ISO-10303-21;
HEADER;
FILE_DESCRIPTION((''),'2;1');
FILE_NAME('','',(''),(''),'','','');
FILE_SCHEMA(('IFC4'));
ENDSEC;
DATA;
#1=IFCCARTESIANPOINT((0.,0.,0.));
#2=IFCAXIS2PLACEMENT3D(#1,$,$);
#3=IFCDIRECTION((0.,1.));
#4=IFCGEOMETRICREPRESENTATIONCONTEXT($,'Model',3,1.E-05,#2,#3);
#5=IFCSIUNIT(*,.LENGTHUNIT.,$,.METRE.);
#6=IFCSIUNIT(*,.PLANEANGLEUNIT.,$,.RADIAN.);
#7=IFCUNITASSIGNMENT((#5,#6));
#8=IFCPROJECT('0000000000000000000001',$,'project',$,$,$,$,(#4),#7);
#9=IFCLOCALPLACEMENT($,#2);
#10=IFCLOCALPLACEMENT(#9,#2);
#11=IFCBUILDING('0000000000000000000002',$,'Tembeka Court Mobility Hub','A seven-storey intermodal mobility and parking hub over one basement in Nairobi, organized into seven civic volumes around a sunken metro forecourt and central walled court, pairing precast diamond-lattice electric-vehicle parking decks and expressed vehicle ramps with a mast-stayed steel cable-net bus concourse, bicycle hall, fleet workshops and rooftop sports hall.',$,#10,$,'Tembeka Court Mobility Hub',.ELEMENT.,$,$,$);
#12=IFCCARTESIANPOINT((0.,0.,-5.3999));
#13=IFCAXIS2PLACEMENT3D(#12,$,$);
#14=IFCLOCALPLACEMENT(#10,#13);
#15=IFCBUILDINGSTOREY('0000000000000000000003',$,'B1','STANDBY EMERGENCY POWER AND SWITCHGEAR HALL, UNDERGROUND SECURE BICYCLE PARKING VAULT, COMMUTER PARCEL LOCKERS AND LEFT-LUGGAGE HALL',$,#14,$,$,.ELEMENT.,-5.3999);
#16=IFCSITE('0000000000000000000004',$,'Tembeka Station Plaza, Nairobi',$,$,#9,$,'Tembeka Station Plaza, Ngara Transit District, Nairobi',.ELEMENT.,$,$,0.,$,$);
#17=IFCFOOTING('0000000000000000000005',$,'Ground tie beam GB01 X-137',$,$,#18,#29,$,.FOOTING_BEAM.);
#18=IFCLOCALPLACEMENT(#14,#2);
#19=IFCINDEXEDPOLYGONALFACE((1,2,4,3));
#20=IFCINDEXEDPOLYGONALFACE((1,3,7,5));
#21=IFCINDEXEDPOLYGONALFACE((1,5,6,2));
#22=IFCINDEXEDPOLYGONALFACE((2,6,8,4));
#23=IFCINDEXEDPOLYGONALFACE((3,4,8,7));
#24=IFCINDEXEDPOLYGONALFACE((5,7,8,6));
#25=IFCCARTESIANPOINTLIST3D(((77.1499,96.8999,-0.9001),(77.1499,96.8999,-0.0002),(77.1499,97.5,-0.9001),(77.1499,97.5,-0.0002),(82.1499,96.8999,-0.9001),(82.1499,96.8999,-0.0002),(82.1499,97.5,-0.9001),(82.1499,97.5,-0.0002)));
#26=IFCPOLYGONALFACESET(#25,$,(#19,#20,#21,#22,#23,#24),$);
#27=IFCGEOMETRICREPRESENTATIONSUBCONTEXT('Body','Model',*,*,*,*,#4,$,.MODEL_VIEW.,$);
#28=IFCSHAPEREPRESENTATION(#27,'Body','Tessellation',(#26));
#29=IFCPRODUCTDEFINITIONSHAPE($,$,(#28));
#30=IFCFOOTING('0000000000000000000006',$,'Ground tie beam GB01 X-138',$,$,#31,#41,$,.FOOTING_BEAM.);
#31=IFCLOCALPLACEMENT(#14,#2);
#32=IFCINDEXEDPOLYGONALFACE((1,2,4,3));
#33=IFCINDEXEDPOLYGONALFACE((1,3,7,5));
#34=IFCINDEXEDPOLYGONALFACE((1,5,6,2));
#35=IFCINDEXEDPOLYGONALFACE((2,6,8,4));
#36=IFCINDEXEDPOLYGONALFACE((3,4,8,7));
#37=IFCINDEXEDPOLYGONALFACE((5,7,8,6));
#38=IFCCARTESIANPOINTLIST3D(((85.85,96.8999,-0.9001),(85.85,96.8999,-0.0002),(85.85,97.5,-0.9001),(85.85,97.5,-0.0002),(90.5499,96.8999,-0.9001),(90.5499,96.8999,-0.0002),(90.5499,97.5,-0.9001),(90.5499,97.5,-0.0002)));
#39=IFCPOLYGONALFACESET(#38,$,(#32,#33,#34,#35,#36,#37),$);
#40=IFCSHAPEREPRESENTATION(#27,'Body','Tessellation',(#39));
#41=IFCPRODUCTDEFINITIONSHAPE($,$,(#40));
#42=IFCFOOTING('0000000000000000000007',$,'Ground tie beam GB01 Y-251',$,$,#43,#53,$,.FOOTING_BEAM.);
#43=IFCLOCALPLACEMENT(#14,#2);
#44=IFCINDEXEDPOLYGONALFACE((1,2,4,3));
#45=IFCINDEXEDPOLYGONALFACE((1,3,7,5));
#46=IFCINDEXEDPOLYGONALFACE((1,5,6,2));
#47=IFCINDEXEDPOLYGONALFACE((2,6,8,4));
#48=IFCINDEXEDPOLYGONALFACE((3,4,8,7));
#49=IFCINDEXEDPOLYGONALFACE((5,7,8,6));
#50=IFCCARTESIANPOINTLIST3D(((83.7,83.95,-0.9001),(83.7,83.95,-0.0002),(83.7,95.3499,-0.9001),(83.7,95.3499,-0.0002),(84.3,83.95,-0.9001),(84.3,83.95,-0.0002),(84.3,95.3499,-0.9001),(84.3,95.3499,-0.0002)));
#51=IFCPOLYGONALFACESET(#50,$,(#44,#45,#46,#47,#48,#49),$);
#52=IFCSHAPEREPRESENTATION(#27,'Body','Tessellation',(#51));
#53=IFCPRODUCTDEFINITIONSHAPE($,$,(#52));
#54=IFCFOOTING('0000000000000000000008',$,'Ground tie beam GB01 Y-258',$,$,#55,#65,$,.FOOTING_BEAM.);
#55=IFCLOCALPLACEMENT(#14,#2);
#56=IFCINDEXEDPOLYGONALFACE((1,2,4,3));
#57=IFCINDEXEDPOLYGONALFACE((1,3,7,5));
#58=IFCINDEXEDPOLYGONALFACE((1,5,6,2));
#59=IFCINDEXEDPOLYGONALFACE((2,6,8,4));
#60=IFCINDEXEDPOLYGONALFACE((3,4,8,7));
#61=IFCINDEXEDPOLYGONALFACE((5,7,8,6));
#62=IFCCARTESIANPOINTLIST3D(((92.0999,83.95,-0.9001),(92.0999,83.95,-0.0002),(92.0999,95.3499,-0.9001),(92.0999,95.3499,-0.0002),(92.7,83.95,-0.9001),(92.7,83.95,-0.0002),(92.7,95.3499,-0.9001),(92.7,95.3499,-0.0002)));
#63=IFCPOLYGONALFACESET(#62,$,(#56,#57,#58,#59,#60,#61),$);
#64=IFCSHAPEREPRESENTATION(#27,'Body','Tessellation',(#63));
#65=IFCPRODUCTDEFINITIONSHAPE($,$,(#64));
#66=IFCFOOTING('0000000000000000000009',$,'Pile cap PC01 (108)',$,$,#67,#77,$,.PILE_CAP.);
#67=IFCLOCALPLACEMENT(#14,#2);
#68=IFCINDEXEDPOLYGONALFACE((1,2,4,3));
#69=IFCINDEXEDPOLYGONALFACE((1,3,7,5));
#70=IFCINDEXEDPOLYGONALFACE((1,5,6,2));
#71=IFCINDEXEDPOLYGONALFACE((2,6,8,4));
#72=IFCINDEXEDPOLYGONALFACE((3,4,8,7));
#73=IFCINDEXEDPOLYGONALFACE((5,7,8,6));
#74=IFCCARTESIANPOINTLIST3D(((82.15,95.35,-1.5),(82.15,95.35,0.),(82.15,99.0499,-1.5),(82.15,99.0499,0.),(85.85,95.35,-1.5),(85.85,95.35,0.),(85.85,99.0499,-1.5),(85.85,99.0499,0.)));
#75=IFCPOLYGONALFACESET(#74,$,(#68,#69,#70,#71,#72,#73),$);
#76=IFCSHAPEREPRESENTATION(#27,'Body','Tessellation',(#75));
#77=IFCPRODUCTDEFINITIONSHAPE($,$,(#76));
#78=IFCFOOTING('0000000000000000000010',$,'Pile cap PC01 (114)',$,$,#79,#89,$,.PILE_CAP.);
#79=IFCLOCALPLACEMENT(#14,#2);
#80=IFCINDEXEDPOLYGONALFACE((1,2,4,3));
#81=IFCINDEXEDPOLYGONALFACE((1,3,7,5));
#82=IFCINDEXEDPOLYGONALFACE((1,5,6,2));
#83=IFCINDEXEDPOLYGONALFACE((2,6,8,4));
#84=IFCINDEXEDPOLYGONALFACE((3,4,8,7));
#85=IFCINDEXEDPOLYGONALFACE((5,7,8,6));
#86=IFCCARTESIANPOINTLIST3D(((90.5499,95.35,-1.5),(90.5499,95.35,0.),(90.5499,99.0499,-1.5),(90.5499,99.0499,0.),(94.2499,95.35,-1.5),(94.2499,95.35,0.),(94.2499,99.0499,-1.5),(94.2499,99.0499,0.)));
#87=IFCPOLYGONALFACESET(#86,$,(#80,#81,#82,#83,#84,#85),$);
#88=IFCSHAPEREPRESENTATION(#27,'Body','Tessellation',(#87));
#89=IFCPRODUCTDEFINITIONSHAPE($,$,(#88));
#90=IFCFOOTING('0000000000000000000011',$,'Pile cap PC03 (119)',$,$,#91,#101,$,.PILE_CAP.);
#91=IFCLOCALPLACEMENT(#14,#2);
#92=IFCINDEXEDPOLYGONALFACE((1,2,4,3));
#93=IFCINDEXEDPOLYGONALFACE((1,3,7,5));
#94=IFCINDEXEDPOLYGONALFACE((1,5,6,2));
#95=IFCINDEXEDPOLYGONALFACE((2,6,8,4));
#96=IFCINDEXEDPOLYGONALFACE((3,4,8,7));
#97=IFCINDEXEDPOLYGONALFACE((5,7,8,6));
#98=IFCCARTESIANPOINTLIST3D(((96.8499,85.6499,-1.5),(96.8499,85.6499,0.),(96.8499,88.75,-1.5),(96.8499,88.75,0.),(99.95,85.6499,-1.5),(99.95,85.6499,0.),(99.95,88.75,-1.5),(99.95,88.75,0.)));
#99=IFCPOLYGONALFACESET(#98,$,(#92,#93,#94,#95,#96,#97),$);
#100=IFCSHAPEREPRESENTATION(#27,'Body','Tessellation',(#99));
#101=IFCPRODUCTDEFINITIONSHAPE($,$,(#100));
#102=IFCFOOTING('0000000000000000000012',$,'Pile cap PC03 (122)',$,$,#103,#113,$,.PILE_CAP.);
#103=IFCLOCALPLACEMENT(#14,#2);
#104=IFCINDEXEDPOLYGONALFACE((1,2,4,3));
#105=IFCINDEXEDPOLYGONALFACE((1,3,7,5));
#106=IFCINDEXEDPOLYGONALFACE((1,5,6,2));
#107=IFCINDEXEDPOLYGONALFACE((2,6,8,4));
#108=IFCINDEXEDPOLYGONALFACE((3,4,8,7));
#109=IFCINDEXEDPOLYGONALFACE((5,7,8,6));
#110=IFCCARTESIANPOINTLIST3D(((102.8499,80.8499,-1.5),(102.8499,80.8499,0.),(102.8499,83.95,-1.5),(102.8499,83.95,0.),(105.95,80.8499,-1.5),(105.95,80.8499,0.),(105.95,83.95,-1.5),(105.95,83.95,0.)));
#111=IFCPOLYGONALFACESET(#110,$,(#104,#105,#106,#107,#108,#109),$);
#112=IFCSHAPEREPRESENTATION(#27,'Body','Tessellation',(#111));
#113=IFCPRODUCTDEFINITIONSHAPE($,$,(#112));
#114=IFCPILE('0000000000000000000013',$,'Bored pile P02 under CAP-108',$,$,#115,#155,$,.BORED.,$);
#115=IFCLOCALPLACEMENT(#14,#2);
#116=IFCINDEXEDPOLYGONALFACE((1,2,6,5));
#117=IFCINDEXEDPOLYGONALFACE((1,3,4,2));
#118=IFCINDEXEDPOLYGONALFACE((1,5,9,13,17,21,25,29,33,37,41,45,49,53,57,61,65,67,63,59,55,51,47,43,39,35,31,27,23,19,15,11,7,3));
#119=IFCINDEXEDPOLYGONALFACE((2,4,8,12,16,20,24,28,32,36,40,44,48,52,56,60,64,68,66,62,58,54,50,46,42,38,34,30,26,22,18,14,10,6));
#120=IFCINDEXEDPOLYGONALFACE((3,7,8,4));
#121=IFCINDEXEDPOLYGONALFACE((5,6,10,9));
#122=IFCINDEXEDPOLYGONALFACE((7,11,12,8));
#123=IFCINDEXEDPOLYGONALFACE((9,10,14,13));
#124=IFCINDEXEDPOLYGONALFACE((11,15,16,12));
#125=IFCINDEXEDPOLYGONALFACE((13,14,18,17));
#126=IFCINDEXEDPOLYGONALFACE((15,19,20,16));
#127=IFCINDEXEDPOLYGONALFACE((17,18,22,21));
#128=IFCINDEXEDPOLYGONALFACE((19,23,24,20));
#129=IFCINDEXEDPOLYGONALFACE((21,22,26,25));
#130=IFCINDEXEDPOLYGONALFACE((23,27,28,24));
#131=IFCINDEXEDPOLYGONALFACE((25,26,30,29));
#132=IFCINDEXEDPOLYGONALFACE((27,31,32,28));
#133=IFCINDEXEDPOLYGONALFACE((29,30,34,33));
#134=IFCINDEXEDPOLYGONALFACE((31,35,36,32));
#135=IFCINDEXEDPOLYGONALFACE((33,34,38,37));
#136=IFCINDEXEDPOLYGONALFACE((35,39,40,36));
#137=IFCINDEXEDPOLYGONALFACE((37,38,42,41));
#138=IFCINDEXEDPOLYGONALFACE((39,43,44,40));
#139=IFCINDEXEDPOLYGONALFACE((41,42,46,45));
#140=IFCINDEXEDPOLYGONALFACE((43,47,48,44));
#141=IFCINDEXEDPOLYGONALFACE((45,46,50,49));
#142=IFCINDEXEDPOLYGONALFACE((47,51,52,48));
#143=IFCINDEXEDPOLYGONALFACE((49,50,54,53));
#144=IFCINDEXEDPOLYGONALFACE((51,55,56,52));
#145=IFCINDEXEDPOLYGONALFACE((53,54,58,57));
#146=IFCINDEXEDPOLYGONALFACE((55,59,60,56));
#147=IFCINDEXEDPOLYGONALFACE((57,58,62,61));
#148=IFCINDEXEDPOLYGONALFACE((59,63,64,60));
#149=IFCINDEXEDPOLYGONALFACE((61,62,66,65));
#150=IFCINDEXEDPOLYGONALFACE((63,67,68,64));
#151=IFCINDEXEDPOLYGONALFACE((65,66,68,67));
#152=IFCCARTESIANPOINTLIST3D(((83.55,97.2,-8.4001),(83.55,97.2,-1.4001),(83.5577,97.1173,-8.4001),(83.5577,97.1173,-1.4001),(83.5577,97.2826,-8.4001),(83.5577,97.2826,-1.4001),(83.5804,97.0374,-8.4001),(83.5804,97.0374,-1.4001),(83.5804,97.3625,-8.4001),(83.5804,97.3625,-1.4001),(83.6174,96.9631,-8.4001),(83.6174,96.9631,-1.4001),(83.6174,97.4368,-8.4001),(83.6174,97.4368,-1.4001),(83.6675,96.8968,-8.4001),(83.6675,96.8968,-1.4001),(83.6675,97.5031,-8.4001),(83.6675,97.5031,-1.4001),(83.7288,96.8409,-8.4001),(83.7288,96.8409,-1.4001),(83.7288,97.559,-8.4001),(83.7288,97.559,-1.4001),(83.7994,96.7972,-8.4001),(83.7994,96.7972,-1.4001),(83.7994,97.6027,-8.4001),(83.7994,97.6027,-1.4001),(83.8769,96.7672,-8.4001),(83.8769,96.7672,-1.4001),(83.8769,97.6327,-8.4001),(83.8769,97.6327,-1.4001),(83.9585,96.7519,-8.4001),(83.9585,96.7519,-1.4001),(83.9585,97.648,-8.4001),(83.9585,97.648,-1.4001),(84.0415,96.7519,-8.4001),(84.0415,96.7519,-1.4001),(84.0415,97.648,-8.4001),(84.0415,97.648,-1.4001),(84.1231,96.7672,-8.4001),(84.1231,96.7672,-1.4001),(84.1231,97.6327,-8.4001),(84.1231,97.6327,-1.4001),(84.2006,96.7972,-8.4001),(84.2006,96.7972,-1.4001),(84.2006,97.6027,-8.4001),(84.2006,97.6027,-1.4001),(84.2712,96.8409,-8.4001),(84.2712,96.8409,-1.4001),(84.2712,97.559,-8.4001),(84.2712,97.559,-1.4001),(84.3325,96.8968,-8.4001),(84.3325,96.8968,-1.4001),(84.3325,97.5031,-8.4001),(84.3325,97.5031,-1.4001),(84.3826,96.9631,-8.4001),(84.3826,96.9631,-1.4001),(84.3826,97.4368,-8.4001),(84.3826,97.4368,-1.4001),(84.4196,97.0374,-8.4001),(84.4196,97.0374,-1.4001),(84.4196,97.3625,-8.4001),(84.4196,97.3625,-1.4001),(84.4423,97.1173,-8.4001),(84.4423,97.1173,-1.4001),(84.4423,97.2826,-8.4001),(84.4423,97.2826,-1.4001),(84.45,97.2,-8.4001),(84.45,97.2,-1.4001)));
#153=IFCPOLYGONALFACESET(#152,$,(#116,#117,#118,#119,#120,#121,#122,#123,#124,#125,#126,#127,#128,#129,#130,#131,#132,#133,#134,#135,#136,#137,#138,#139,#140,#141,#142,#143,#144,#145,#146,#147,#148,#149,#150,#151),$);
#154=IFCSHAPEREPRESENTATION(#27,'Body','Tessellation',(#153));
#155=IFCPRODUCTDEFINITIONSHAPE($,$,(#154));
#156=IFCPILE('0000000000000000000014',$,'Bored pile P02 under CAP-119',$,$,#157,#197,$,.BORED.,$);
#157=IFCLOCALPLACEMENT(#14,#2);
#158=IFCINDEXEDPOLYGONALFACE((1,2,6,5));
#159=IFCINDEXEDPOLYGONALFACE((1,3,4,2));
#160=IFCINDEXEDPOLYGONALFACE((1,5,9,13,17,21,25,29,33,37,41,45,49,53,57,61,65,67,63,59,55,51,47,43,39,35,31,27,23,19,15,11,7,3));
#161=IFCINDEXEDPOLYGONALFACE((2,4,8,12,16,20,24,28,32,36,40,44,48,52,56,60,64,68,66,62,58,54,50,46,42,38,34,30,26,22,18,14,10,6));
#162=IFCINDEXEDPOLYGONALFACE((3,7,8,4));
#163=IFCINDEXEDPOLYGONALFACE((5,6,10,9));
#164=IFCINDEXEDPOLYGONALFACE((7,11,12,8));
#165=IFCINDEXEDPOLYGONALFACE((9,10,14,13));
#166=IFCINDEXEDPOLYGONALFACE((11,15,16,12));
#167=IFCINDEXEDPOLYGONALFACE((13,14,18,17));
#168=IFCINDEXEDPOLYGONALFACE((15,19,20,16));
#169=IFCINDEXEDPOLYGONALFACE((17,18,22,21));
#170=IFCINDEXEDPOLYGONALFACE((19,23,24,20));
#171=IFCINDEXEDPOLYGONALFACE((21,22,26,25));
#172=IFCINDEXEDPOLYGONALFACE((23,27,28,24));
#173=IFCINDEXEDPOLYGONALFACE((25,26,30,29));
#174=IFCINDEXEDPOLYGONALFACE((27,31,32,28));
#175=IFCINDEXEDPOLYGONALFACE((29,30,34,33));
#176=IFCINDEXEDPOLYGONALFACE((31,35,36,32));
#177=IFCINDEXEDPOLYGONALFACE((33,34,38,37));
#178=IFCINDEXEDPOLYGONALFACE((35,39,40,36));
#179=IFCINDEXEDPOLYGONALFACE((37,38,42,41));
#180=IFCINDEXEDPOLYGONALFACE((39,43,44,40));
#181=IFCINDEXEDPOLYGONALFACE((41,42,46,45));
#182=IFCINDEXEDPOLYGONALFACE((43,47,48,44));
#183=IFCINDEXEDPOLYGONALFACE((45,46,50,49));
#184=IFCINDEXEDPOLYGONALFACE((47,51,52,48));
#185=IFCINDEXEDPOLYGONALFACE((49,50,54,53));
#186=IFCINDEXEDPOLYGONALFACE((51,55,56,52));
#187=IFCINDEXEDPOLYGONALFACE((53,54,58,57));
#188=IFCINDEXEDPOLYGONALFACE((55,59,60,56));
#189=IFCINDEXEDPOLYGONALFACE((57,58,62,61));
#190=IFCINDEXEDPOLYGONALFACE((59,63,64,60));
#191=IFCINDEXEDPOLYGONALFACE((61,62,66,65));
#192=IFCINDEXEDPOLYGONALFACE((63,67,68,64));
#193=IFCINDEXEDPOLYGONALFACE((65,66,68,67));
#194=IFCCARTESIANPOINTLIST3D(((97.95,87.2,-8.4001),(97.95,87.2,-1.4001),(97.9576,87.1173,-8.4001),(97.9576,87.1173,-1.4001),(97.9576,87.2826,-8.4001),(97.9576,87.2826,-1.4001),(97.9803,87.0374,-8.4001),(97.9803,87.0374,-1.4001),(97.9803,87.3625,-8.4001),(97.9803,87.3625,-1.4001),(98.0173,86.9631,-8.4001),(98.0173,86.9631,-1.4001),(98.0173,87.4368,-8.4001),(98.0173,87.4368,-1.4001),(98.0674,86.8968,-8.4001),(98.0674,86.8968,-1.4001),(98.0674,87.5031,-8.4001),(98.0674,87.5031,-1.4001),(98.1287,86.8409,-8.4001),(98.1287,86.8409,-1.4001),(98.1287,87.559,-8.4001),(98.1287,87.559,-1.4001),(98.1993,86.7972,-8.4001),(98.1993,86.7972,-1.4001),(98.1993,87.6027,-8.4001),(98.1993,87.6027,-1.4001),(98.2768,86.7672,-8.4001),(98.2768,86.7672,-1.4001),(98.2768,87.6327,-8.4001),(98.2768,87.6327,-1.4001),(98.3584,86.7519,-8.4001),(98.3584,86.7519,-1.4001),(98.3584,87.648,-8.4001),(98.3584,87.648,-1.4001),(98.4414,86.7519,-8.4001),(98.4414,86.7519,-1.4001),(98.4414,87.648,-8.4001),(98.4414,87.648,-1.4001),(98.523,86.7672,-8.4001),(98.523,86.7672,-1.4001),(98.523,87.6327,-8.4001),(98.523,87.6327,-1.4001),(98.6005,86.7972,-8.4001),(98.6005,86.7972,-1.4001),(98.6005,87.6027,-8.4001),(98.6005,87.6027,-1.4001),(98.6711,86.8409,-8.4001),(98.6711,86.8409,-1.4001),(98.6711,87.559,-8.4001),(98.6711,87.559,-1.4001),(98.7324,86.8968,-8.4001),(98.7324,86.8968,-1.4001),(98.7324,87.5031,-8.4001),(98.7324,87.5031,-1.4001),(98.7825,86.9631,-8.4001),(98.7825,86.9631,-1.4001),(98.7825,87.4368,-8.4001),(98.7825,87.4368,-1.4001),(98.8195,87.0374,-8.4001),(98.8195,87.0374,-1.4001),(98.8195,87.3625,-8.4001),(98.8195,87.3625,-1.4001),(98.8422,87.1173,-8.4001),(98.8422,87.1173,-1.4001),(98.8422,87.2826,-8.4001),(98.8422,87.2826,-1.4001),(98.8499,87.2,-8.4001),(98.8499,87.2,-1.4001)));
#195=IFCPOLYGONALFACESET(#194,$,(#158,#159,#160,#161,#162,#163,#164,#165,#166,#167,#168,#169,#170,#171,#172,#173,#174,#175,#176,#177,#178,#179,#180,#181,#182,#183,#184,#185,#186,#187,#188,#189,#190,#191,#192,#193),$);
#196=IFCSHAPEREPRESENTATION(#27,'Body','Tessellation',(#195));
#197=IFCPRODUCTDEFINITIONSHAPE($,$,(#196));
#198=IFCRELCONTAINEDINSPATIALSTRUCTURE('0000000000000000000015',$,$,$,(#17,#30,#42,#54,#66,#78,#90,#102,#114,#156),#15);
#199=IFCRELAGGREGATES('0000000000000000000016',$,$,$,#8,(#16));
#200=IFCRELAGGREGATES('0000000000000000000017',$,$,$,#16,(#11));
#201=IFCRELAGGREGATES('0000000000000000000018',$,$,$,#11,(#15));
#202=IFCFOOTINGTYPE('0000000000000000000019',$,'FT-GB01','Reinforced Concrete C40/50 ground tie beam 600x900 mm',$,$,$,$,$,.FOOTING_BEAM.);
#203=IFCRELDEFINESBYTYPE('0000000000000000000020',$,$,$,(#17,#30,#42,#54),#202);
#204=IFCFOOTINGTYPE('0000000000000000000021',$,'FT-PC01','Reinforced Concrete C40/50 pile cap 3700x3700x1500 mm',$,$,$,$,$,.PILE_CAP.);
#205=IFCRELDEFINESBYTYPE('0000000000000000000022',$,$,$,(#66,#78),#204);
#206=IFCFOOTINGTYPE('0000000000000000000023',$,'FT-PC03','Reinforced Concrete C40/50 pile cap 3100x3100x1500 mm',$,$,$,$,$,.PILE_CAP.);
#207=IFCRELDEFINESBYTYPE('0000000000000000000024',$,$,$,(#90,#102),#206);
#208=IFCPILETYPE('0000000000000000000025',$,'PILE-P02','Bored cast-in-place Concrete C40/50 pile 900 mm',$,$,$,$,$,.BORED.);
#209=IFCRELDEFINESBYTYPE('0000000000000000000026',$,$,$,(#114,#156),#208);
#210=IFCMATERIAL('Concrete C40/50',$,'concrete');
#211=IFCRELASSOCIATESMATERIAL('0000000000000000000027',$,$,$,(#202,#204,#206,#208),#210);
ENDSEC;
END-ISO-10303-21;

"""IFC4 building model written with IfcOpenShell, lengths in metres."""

from ifc_helpers import new_model, si_unit, direction, frame, origin, origin_2d, place, context, subcontext, project, spatial, rectangle, circle, extrude, material, material_profile, profile_set, type_object, element, save


model = new_model("IFC4")

# Units and contexts
model_context = context("Model", 3, precision=1e-05, world=origin(), true_north=direction((0.0, 1.0)))
body_context = subcontext(model_context, "Body", "Model", "MODEL_VIEW")
ifc_project = project(units=[si_unit("LENGTHUNIT", "METRE"), si_unit("PLANEANGLEUNIT", "RADIAN")], contexts=[model_context])

# Site, building, storey
site_placement = place(None, origin())
site = spatial("IfcSite", under=ifc_project, at=site_placement, Name="Tembeka Station Plaza, Nairobi", LongName="Tembeka Station Plaza, Ngara Transit District, Nairobi", CompositionType="ELEMENT", RefElevation=0.0)
building_placement = place(site_placement, origin())
building = spatial("IfcBuilding", under=site, at=building_placement, Name="Tembeka Court Mobility Hub", Description="A seven-storey intermodal mobility and parking hub over one basement in Nairobi, organized into seven civic volumes around a sunken metro forecourt and central walled court, pairing precast diamond-lattice electric-vehicle parking decks and expressed vehicle ramps with a mast-stayed steel cable-net bus concourse, bicycle hall, fleet workshops and rooftop sports hall.", LongName="Tembeka Court Mobility Hub", CompositionType="ELEMENT")
storey_placement = place(building_placement, frame((0.0, 0.0, -5.3999)))
storey = spatial("IfcBuildingStorey", under=building, at=storey_placement, Name="B1", Description="STANDBY EMERGENCY POWER AND SWITCHGEAR HALL, UNDERGROUND SECURE BICYCLE PARKING VAULT, COMMUTER PARCEL LOCKERS AND LEFT-LUGGAGE HALL", CompositionType="ELEMENT", Elevation=-5.3999)

# Footings
ifc_material_1 = material(Name="Concrete C40/50", Category="concrete")
footing_type_1 = type_object("IfcFootingType", Name="FT-GB01", Description="Reinforced Concrete C40/50 ground tie beam 600x900 mm", PredefinedType="FOOTING_BEAM", material=ifc_material_1)
footing_1_placement = place(storey_placement, frame((79.6499, 97.2, -0.9001), z_axis=(0.0, 0.0, 1.0), x_axis=(1.0, 0.0, 0.0)))
element("IfcFooting", 1, at=footing_1_placement, inside=storey, type_object=footing_type_1, Name="Ground tie beam GB01 X-137", PredefinedType="FOOTING_BEAM", context=body_context, shape_type="SweptSolid", body=[
    extrude(rectangle(XDim=5.0, YDim=0.6001, at=origin_2d()), origin(), (0.0, 0.0, 1.0), 0.8999),
])
footing_2_placement = place(storey_placement, frame((88.2, 97.2, -0.9001), z_axis=(0.0, 0.0, 1.0), x_axis=(1.0, 0.0, 0.0)))
element("IfcFooting", 2, at=footing_2_placement, inside=storey, type_object=footing_type_1, Name="Ground tie beam GB01 X-138", PredefinedType="FOOTING_BEAM", context=body_context, shape_type="SweptSolid", body=[
    extrude(rectangle(XDim=4.7, YDim=0.6001, at=origin_2d()), origin(), (0.0, 0.0, 1.0), 0.8999),
])
for number, where, z_axis, x_axis, name in (
    (3, (84.0, 89.6499, -0.9001), (0.0, 0.0, 1.0), (0.0, 1.0, 0.0), "Ground tie beam GB01 Y-251"),
    (4, (92.3999, 89.6499, -0.9001), (0.0, 0.0, 1.0), (0.0, 1.0, 0.0), "Ground tie beam GB01 Y-258"),
):
    element("IfcFooting", number, at=place(storey_placement, frame(where, z_axis=z_axis, x_axis=x_axis)), inside=storey, type_object=footing_type_1, Name=name, PredefinedType="FOOTING_BEAM", context=body_context, shape_type="SweptSolid", body=[
        extrude(rectangle(XDim=11.3999, YDim=0.6001, at=origin_2d()), origin(), (0.0, 0.0, 1.0), 0.8999),
    ])
footing_type_2 = type_object("IfcFootingType", Name="FT-PC01", Description="Reinforced Concrete C40/50 pile cap 3700x3700x1500 mm", PredefinedType="PILE_CAP", material=ifc_material_1)
for number, where, z_axis, x_axis, name in (
    (5, (84.0, 97.2, -1.5), (0.0, 0.0, 1.0), (1.0, 0.0, 0.0), "Pile cap PC01 (108)"),
    (6, (92.3999, 97.2, -1.5), (0.0, 0.0, 1.0), (1.0, 0.0, 0.0), "Pile cap PC01 (114)"),
):
    element("IfcFooting", number, at=place(storey_placement, frame(where, z_axis=z_axis, x_axis=x_axis)), inside=storey, type_object=footing_type_2, Name=name, PredefinedType="PILE_CAP", context=body_context, shape_type="SweptSolid", body=[
        extrude(rectangle(XDim=3.7, YDim=3.7, at=origin_2d()), origin(), (0.0, 0.0, 1.0), 1.5),
    ])
footing_type_3 = type_object("IfcFootingType", Name="FT-PC03", Description="Reinforced Concrete C40/50 pile cap 3100x3100x1500 mm", PredefinedType="PILE_CAP", material=ifc_material_1)
for number, where, z_axis, x_axis, name in (
    (7, (98.3999, 87.2, -1.5), (0.0, 0.0, 1.0), (1.0, 0.0, 0.0), "Pile cap PC03 (119)"),
    (8, (104.3999, 82.3999, -1.5), (0.0, 0.0, 1.0), (1.0, 0.0, 0.0), "Pile cap PC03 (122)"),
):
    element("IfcFooting", number, at=place(storey_placement, frame(where, z_axis=z_axis, x_axis=x_axis)), inside=storey, type_object=footing_type_3, Name=name, PredefinedType="PILE_CAP", context=body_context, shape_type="SweptSolid", body=[
        extrude(rectangle(XDim=3.1001, YDim=3.1001, at=origin_2d()), origin(), (0.0, 0.0, 1.0), 1.5),
    ])

# Piles
ifc_material_profile_1 = material_profile(ifc_material_1, circle(Radius=0.45, at=origin_2d()), Name="PILE D900")
ifc_profile_set_1 = profile_set([ifc_material_profile_1], Name="Concrete C40/50")
pile_type_1 = type_object("IfcPileType", Name="PILE-P02", Description="Bored cast-in-place Concrete C40/50 pile 900 mm", PredefinedType="BORED", material=ifc_profile_set_1)
for number, where, z_axis, x_axis, name in (
    (9, (84.0, 97.2, -1.4001), (0.0, 0.0, -1.0), (1.0, 0.0, 0.0), "Bored pile P02 under CAP-108"),
    (10, (98.3999, 87.2, -1.4001), (0.0, 0.0, -1.0), (1.0, 0.0, 0.0), "Bored pile P02 under CAP-119"),
):
    element("IfcPile", number, at=place(storey_placement, frame(where, z_axis=z_axis, x_axis=x_axis)), inside=storey, type_object=pile_type_1, Name=name, PredefinedType="BORED", context=body_context, shape_type="SweptSolid", body=[
        extrude(circle(Radius=0.45, at=origin_2d()), origin(), (0.0, 0.0, 1.0), 7.0),
    ])

save(model, "model.ifc")
